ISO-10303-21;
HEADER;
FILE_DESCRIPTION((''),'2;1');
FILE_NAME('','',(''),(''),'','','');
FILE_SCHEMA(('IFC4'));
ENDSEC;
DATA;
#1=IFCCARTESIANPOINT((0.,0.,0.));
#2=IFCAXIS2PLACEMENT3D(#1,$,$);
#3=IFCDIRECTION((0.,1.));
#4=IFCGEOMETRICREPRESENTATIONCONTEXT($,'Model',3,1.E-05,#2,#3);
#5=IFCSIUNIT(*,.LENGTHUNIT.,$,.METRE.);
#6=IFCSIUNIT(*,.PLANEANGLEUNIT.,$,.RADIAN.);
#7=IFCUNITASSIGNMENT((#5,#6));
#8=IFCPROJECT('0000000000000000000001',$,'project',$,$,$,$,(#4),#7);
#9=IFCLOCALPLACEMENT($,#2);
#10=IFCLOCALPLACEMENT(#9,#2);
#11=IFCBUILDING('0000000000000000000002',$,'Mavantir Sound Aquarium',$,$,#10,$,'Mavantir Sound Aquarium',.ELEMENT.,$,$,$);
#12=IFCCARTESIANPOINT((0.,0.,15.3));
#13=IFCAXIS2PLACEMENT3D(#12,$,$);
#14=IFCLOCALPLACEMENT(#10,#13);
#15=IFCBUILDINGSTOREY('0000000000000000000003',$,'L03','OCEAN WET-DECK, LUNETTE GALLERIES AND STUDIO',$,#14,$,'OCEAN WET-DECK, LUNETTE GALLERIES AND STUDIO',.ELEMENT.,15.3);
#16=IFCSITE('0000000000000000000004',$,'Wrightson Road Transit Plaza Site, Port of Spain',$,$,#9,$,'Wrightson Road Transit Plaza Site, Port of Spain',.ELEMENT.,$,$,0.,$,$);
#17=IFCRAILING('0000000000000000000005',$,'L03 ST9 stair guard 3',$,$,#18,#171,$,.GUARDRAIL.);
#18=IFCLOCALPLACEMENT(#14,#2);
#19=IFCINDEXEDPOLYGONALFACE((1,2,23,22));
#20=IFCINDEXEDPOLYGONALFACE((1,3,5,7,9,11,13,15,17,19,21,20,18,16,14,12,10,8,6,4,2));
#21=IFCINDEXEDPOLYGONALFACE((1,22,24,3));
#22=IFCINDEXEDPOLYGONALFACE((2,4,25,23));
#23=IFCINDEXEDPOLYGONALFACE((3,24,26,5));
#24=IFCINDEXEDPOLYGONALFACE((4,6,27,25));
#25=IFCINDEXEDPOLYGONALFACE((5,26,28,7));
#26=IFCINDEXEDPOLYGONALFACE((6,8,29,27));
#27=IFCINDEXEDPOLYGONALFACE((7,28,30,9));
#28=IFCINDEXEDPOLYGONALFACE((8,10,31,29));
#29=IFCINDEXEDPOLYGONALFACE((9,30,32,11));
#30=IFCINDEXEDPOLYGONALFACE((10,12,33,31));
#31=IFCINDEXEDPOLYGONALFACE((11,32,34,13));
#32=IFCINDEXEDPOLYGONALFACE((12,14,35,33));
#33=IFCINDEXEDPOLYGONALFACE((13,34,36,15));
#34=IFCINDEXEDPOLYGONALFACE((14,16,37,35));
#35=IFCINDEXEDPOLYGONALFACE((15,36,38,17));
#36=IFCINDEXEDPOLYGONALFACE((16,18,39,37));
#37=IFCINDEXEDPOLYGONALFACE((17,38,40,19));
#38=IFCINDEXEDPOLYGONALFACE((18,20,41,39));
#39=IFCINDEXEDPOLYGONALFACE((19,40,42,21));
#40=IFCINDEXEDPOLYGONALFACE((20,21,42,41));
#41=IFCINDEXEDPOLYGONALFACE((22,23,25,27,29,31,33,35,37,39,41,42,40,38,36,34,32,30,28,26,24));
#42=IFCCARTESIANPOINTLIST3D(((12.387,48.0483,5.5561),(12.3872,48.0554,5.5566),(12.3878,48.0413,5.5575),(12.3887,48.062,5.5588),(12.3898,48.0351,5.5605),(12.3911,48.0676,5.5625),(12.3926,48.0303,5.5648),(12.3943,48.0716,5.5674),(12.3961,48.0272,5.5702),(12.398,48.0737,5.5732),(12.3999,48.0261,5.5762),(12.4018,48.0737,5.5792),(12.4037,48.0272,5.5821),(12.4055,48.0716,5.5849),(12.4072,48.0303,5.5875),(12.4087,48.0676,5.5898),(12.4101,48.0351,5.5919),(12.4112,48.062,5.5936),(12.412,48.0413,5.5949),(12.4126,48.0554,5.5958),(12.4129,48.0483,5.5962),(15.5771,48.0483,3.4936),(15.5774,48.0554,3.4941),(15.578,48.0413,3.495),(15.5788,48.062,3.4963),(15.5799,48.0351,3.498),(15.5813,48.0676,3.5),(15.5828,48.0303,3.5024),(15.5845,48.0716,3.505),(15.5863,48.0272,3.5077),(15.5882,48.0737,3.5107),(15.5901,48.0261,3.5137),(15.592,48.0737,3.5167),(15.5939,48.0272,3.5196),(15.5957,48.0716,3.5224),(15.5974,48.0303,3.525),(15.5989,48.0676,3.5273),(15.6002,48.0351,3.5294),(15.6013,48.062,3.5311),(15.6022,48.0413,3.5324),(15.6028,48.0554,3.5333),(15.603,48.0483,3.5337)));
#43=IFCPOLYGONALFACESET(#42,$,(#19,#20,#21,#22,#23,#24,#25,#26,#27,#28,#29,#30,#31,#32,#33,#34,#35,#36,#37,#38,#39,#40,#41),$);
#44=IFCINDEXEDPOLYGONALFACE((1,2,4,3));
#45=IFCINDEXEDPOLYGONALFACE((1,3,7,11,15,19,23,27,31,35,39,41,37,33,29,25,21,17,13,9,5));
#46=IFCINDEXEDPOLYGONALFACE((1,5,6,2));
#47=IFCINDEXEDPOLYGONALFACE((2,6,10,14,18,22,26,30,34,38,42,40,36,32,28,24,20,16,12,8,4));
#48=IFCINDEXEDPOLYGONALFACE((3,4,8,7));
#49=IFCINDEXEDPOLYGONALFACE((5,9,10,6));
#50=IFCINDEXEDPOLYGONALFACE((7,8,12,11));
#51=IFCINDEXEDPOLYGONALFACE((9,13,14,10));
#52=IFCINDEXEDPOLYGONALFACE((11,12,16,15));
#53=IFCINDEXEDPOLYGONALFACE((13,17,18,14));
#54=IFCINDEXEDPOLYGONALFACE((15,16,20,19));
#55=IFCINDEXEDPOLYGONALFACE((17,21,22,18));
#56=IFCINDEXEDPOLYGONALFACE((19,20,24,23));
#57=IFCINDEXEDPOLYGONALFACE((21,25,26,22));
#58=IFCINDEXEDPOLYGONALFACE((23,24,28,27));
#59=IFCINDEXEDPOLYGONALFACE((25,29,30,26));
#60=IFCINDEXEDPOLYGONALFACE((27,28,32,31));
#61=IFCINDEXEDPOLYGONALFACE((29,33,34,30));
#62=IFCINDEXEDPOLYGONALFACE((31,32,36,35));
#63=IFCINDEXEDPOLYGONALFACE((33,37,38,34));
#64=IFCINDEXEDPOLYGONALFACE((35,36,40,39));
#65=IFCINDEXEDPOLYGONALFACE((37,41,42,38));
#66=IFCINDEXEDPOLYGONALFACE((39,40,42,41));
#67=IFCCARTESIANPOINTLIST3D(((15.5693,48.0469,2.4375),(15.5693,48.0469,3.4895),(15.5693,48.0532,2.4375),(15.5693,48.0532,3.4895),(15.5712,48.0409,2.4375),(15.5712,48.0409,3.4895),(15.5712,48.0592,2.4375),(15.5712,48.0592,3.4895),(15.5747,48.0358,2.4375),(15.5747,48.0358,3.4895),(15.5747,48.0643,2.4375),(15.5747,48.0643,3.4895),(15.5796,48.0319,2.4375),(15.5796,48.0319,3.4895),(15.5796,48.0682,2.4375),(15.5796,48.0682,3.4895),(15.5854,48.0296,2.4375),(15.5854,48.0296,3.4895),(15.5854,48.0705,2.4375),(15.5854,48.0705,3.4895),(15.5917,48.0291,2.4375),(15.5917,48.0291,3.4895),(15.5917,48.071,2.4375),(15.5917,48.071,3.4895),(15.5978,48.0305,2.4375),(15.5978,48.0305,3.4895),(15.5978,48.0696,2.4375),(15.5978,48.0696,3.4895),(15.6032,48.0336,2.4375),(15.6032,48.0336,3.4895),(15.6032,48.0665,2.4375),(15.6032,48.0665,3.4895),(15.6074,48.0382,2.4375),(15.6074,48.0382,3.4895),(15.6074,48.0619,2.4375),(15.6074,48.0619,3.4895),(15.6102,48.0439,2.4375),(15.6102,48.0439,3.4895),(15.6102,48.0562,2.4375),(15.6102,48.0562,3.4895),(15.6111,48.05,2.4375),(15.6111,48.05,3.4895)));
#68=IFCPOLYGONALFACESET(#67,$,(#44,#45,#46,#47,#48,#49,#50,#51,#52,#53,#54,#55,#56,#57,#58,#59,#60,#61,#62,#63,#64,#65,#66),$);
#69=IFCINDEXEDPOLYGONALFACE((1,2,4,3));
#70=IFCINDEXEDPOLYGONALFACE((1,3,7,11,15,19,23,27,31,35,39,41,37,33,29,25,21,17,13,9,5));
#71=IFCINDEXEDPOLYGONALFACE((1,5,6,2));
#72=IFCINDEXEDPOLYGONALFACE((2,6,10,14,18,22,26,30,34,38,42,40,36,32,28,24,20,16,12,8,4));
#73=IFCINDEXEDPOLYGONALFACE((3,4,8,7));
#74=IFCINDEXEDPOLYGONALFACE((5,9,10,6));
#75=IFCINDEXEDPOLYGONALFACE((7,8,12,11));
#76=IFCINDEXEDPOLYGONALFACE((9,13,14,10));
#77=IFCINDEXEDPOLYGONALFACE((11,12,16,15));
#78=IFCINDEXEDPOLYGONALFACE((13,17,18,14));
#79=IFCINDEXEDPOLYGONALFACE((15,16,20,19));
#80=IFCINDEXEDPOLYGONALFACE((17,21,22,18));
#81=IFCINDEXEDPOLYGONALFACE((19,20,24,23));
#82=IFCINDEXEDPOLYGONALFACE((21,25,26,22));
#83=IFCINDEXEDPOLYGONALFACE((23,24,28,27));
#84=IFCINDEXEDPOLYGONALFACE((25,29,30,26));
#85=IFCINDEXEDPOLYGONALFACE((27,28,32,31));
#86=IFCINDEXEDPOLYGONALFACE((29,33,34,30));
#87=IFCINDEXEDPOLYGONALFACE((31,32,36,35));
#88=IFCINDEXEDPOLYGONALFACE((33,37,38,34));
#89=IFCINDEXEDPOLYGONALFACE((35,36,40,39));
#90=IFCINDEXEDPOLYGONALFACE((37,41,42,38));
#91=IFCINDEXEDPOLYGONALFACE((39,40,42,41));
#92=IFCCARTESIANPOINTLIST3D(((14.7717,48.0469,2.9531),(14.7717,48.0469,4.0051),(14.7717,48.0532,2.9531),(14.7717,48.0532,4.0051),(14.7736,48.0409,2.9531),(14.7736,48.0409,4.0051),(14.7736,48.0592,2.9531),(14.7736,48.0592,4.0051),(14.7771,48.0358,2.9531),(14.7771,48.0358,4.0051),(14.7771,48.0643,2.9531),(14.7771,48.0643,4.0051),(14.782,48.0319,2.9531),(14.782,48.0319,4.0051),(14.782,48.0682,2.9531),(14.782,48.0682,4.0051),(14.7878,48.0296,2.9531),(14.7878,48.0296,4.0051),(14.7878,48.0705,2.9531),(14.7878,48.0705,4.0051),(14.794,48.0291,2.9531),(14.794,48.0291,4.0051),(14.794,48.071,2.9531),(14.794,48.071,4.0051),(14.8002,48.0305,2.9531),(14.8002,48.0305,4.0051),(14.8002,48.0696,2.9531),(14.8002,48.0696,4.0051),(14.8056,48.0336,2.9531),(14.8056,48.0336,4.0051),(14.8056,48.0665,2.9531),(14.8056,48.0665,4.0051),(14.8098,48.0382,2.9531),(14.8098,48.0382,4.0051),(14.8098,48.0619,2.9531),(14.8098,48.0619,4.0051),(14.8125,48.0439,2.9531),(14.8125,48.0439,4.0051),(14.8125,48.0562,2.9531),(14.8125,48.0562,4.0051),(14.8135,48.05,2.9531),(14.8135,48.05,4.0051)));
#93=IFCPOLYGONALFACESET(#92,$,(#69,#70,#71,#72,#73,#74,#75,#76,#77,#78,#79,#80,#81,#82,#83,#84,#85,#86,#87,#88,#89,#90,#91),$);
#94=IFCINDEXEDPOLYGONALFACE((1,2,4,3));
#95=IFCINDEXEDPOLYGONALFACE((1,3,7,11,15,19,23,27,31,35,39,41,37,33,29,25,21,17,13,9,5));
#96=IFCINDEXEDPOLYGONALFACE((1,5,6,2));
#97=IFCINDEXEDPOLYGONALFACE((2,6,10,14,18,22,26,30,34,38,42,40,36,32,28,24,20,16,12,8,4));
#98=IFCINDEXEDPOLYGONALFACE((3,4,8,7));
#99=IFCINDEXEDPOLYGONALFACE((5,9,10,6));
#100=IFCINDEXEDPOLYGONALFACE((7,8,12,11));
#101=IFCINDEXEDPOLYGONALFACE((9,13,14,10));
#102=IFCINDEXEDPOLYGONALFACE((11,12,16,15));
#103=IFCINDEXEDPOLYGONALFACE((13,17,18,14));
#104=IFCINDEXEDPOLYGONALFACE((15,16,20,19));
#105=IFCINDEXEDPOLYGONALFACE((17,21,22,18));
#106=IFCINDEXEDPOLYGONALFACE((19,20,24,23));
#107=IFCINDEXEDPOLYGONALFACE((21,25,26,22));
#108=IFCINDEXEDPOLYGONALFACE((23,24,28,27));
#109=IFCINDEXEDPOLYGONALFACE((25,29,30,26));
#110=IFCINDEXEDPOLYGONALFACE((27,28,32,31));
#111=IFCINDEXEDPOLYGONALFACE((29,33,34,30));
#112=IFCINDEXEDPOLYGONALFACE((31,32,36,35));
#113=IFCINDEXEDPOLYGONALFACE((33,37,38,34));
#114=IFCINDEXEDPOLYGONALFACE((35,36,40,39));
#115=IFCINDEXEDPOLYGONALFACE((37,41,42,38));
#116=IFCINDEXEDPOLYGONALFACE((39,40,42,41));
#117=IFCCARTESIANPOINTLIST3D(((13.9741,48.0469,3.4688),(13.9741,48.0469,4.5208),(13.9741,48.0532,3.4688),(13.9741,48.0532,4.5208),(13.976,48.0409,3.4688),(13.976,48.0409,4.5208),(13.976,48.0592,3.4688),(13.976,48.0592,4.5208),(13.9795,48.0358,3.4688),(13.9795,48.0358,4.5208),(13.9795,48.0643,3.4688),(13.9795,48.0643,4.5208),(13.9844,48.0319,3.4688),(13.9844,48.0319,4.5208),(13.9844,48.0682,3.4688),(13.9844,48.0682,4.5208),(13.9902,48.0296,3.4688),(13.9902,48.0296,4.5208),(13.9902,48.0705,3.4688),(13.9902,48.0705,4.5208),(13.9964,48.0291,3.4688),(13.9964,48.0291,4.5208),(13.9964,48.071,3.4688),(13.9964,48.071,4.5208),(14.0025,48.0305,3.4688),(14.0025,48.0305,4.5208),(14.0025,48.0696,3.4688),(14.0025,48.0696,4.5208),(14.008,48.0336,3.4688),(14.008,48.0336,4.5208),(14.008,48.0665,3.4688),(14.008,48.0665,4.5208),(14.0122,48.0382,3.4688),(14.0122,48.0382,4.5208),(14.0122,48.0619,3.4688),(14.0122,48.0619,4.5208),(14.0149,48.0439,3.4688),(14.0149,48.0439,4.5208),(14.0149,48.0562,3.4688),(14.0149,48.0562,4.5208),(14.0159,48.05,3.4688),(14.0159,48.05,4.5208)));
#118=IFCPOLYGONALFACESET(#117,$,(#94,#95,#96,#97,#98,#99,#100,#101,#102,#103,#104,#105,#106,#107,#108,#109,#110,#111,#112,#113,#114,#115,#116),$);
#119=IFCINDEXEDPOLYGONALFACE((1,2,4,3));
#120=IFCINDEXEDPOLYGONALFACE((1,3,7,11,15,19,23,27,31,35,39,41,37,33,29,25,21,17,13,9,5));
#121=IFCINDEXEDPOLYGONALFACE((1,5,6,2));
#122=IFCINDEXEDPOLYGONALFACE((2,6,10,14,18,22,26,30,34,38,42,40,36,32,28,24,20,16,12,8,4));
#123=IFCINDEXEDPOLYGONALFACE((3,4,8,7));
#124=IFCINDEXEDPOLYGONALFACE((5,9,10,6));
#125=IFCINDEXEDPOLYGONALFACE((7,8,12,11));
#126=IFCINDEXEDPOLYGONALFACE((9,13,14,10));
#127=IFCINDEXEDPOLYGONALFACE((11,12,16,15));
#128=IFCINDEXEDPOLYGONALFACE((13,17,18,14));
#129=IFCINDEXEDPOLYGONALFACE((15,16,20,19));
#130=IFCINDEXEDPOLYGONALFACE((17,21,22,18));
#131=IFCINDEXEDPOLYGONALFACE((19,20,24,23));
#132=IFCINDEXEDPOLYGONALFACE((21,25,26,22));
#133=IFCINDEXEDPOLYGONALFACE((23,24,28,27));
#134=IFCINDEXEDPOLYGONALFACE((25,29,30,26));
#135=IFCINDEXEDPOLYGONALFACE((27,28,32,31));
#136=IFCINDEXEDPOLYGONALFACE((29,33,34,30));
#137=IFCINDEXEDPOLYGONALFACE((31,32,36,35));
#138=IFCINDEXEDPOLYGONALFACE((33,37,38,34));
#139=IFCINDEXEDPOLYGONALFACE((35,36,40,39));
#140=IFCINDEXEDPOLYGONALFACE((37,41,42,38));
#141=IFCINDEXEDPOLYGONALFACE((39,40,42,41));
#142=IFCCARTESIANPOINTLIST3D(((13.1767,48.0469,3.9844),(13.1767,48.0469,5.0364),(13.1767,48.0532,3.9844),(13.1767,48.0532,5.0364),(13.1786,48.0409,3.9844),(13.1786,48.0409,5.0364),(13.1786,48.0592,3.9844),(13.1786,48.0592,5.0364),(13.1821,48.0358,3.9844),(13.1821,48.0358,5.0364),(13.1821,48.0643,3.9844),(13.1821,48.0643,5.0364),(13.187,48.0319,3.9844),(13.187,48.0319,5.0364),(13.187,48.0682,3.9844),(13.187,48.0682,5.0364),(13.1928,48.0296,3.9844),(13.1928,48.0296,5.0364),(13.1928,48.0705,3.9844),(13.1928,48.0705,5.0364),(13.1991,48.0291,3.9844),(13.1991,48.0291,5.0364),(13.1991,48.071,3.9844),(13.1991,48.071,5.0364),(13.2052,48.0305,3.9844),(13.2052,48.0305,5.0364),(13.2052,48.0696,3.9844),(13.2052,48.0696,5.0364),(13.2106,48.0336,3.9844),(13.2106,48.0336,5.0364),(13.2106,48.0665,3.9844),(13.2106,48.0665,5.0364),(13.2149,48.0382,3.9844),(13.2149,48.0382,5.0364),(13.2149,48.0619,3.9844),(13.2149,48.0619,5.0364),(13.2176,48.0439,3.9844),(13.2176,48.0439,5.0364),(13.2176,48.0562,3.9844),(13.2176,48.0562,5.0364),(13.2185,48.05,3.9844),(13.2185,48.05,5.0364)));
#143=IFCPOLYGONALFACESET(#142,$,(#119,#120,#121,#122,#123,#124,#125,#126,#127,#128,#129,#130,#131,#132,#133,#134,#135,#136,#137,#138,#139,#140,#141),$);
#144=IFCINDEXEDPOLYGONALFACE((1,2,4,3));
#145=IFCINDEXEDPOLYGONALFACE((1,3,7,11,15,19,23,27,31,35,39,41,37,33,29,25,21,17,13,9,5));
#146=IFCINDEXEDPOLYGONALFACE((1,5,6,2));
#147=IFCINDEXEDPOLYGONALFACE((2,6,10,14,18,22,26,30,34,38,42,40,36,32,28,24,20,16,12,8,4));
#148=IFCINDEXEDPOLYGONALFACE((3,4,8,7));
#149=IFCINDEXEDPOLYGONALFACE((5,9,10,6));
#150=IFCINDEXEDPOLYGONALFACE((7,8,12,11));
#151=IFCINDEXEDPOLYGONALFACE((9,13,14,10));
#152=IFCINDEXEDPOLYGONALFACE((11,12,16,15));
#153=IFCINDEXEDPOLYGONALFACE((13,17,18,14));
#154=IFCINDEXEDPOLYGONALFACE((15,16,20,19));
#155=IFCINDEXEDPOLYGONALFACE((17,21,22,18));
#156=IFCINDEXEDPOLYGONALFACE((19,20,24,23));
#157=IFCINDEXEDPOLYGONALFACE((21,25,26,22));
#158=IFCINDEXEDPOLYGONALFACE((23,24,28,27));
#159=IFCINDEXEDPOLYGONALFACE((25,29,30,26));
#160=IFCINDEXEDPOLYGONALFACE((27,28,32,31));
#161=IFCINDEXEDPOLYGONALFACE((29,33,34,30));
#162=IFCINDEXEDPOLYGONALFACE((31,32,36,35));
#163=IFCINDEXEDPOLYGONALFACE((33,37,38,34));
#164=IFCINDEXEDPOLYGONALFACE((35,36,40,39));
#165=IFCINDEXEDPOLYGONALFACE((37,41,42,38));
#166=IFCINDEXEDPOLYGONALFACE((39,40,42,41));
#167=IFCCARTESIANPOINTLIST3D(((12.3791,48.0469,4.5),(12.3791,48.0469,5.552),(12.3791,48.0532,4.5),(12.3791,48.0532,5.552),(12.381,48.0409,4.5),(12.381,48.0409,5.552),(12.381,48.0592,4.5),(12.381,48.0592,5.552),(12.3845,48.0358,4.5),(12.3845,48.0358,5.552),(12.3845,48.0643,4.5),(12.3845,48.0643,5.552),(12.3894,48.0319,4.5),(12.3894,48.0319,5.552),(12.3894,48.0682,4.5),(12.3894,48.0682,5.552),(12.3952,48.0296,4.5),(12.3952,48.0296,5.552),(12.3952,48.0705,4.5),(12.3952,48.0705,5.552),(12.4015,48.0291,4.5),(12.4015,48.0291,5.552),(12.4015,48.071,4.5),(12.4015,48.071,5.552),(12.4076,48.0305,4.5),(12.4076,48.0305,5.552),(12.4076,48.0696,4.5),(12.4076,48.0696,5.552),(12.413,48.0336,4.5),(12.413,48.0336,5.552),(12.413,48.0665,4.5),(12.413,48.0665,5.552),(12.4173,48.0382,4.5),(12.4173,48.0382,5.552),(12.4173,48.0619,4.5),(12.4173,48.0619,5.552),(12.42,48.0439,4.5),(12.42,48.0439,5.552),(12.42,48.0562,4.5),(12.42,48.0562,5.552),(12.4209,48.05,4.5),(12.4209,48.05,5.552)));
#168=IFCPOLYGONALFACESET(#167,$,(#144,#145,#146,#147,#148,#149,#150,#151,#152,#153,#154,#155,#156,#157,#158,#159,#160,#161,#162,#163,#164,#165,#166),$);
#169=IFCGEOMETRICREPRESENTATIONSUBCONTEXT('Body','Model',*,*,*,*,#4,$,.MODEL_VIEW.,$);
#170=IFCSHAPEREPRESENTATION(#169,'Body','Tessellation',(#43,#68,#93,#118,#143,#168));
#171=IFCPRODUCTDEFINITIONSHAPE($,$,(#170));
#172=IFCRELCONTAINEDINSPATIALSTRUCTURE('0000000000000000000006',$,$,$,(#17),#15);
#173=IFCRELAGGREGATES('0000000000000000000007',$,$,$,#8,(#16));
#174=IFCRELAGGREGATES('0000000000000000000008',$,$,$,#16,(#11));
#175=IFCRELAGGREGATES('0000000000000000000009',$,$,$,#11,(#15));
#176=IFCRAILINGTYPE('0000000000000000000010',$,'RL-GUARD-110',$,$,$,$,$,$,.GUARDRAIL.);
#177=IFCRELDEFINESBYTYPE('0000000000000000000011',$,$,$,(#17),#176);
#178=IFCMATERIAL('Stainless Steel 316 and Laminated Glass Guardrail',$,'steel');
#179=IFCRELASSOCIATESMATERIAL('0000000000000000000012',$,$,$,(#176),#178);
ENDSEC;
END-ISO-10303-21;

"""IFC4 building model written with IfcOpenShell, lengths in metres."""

from ifc_helpers import new_model, si_unit, direction, frame, origin, origin_2d, place, context, subcontext, project, spatial, circle, extrude, material, type_object, element, save


model = new_model("IFC4")

# Units and contexts
model_context = context("Model", 3, precision=1e-05, world=origin(), true_north=direction((0.0, 1.0)))
body_context = subcontext(model_context, "Body", "Model", "MODEL_VIEW")
ifc_project = project(units=[si_unit("LENGTHUNIT", "METRE"), si_unit("PLANEANGLEUNIT", "RADIAN")], contexts=[model_context])

# Site, building, storey
site_placement = place(None, origin())
site = spatial("IfcSite", under=ifc_project, at=site_placement, Name="Wrightson Road Transit Plaza Site, Port of Spain", LongName="Wrightson Road Transit Plaza Site, Port of Spain", CompositionType="ELEMENT", RefElevation=0.0)
building_placement = place(site_placement, origin())
building = spatial("IfcBuilding", under=site, at=building_placement, Name="Mavantir Sound Aquarium", LongName="Mavantir Sound Aquarium", CompositionType="ELEMENT")
storey_placement = place(building_placement, frame((0.0, 0.0, 15.3)))
storey = spatial("IfcBuildingStorey", under=building, at=storey_placement, Name="L03", Description="OCEAN WET-DECK, LUNETTE GALLERIES AND STUDIO", LongName="OCEAN WET-DECK, LUNETTE GALLERIES AND STUDIO", CompositionType="ELEMENT", Elevation=15.3)

# Railing
ifc_material_1 = material(Name="Stainless Steel 316 and Laminated Glass Guardrail", Category="steel")
railing_type_1 = type_object("IfcRailingType", Name="RL-GUARD-110", PredefinedType="GUARDRAIL", material=ifc_material_1)
railing_1_placement = place(storey_placement, frame((15.5901, 48.05, 2.4375)))
element("IfcRailing", 1, at=railing_1_placement, inside=storey, type_object=railing_type_1, Name="L03 ST9 stair guard 3", PredefinedType="GUARDRAIL", context=body_context, shape_type="SweptSolid", body=[
    extrude(circle(Radius=0.0239, at=origin_2d()), frame((0.0, 0.0, 1.0762), z_axis=(-0.839779, 0.0, 0.542929), x_axis=(0.0, -1.0, 0.0)), (0.0, 0.0, 1.0), 3.7988),
    extrude(circle(Radius=0.021, at=origin_2d()), origin(), (0.0, 0.0, 1.0), 1.052),
    extrude(circle(Radius=0.021, at=origin_2d()), frame((-0.7976, 0.0, 0.5156)), (0.0, 0.0, 1.0), 1.052),
    extrude(circle(Radius=0.021, at=origin_2d()), frame((-1.5952, 0.0, 1.0312)), (0.0, 0.0, 1.0), 1.052),
    extrude(circle(Radius=0.021, at=origin_2d()), frame((-2.3926, 0.0, 1.5469)), (0.0, 0.0, 1.0), 1.052),
    extrude(circle(Radius=0.021, at=origin_2d()), frame((-3.1902, 0.0, 2.0625)), (0.0, 0.0, 1.0), 1.052),
])

save(model, "model.ifc")
